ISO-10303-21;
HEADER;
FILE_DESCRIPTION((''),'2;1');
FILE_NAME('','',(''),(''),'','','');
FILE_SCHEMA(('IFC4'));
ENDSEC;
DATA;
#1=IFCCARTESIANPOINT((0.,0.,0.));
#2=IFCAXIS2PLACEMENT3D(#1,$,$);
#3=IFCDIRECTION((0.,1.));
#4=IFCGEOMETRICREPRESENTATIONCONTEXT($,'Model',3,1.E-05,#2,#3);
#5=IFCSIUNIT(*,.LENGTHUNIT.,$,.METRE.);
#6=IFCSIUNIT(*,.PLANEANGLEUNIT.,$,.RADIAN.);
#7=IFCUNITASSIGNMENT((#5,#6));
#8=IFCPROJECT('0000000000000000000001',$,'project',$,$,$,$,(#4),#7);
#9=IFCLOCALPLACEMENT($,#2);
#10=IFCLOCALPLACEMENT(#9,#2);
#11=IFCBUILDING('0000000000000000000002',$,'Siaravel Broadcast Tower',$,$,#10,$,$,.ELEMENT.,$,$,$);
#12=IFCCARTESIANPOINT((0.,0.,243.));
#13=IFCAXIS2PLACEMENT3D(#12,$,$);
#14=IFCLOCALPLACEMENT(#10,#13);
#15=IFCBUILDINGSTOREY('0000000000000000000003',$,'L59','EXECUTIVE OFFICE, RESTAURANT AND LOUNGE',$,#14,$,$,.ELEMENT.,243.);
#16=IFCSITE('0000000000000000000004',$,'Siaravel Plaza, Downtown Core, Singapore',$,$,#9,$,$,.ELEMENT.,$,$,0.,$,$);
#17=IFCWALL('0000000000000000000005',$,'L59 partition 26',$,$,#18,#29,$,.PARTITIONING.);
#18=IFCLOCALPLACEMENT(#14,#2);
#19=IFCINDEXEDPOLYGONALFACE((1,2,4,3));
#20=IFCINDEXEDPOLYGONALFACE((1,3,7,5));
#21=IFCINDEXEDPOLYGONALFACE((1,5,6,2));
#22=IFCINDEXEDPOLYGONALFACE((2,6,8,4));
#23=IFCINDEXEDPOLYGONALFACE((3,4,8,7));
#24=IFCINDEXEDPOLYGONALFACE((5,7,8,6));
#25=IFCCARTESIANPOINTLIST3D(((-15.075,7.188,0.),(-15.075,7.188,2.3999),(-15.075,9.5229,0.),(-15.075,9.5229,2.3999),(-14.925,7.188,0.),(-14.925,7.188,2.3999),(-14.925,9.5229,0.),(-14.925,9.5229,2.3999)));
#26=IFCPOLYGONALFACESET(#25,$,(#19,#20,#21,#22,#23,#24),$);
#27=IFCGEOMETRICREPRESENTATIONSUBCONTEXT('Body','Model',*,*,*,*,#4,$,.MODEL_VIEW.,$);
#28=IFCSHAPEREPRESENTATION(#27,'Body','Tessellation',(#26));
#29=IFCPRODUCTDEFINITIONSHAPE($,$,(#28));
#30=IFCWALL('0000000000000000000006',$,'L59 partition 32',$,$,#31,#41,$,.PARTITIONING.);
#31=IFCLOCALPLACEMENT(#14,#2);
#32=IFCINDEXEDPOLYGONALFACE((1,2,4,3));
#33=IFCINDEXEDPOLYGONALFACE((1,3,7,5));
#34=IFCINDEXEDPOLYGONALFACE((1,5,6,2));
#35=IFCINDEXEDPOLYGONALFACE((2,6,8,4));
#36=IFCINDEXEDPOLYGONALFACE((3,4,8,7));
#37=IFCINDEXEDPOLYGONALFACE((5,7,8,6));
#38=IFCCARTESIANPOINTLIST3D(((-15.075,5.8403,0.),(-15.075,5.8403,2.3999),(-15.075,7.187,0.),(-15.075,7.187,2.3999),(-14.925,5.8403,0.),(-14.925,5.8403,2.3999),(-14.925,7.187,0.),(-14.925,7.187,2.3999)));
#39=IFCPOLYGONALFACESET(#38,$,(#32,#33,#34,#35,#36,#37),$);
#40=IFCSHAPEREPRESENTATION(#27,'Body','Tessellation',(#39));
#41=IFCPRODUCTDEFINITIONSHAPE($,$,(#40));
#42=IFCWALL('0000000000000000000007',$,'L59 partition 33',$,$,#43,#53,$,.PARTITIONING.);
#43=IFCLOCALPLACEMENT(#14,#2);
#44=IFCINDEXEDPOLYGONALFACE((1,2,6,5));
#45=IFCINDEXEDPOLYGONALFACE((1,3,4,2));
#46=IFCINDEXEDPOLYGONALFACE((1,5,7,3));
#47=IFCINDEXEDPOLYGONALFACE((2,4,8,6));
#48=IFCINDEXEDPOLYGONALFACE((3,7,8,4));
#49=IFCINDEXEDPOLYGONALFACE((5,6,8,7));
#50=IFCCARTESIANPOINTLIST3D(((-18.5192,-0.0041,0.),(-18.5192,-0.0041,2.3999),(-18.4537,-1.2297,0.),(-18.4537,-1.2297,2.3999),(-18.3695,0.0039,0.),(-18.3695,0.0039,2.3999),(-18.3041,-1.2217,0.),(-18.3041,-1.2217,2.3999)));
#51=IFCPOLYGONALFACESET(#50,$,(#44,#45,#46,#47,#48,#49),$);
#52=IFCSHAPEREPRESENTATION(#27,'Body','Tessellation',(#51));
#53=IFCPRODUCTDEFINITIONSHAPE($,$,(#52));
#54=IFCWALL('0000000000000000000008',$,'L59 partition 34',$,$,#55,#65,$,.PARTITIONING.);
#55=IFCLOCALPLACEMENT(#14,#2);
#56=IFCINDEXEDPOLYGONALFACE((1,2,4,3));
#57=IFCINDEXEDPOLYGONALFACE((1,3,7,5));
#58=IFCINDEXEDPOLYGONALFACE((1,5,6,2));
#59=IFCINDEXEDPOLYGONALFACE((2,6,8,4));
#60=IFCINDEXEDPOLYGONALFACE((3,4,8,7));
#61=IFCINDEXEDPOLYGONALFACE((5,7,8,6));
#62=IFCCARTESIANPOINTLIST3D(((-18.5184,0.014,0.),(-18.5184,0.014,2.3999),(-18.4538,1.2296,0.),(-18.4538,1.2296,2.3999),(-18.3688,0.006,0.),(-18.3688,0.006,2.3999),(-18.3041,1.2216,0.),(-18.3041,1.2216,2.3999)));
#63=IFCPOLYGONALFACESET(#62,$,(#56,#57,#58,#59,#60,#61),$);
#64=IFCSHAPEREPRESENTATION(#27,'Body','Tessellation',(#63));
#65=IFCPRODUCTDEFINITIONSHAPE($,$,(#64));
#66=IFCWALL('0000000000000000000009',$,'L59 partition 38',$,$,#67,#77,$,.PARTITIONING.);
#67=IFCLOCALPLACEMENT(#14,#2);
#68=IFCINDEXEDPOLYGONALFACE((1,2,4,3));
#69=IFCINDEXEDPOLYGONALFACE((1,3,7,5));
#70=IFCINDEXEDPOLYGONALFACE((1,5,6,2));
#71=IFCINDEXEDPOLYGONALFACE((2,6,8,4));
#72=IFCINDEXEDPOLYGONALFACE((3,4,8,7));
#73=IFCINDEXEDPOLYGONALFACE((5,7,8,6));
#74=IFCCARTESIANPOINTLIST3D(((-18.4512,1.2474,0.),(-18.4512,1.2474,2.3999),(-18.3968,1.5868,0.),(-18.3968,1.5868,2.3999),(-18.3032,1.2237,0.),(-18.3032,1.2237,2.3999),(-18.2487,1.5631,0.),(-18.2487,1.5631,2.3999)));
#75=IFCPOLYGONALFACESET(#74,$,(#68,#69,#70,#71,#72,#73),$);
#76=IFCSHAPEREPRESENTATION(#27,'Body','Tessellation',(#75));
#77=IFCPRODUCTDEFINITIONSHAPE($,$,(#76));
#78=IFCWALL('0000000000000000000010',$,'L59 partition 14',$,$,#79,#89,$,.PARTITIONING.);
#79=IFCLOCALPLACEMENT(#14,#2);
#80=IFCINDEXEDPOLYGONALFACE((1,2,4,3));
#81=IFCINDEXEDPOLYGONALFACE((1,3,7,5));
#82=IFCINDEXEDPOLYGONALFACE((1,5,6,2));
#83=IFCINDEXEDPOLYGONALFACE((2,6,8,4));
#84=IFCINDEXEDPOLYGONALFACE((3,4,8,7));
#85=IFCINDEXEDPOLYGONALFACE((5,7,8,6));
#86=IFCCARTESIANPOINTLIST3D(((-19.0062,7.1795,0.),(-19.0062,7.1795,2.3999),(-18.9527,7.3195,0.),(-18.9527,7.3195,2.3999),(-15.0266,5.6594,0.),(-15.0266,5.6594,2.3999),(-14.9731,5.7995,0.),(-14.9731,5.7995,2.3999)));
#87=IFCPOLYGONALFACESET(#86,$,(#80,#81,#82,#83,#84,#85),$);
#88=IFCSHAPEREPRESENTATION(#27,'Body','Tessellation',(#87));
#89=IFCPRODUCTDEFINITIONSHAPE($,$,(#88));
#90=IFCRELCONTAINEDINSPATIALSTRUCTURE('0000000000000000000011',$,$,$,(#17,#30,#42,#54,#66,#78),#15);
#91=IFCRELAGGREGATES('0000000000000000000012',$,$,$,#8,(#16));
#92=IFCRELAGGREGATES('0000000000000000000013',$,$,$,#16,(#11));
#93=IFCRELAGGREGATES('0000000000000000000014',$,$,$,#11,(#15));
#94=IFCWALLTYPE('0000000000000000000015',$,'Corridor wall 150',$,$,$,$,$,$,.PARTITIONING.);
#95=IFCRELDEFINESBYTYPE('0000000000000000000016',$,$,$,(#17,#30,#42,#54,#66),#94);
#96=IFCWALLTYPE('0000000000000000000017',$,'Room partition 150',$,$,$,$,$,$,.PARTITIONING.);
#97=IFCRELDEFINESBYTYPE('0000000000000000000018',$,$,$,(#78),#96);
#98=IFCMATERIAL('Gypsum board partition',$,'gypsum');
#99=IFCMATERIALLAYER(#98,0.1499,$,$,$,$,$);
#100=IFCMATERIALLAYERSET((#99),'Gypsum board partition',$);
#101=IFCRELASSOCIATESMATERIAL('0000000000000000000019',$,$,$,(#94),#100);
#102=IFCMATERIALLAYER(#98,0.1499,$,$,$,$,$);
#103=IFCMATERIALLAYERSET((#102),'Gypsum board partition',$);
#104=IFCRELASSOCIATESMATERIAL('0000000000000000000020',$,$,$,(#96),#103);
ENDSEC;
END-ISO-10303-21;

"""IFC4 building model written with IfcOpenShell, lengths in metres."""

from ifc_helpers import new_model, si_unit, direction, frame, frame_2d, origin, place, context, subcontext, project, spatial, rectangle, extrude, material, layer, layer_set, type_object, element, save


model = new_model("IFC4")

# Units and contexts
model_context = context("Model", 3, precision=1e-05, world=origin(), true_north=direction((0.0, 1.0)))
body_context = subcontext(model_context, "Body", "Model", "MODEL_VIEW")
ifc_project = project(units=[si_unit("LENGTHUNIT", "METRE"), si_unit("PLANEANGLEUNIT", "RADIAN")], contexts=[model_context])

# Site, building, storey
site_placement = place(None, origin())
site = spatial("IfcSite", under=ifc_project, at=site_placement, Name="Siaravel Plaza, Downtown Core, Singapore", CompositionType="ELEMENT", RefElevation=0.0)
building_placement = place(site_placement, origin())
building = spatial("IfcBuilding", under=site, at=building_placement, Name="Siaravel Broadcast Tower", CompositionType="ELEMENT")
storey_placement = place(building_placement, frame((0.0, 0.0, 243.0)))
storey = spatial("IfcBuildingStorey", under=building, at=storey_placement, Name="L59", Description="EXECUTIVE OFFICE, RESTAURANT AND LOUNGE", CompositionType="ELEMENT", Elevation=243.0)

# Shared definitions
ifc_material_1 = material(Name="Gypsum board partition", Category="gypsum")
ifc_layer_1 = layer(ifc_material_1, 0.1499)
ifc_layer_set_1 = layer_set([ifc_layer_1], Name="Gypsum board partition")
wall_type_1 = type_object("IfcWallType", Name="Corridor wall 150", PredefinedType="PARTITIONING", material=ifc_layer_set_1)

# Walls
wall_1_placement = place(storey_placement, frame((-15.0, 9.5229, 0.0), z_axis=(0.0, 0.0, 1.0), x_axis=(0.0, -1.0, 0.0)))
element("IfcWall", 1, at=wall_1_placement, inside=storey, type_object=wall_type_1, Name="L59 partition 26", PredefinedType="PARTITIONING", context=body_context, shape_type="SweptSolid", body=[
    extrude(rectangle(XDim=2.335, YDim=0.1499, at=frame_2d((1.1675, 0.0))), origin(), (0.0, 0.0, 1.0), 2.3999),
])
wall_2_placement = place(storey_placement, frame((-15.0, 7.187, 0.0), z_axis=(0.0, 0.0, 1.0), x_axis=(0.0, -1.0, 0.0)))
element("IfcWall", 2, at=wall_2_placement, inside=storey, type_object=wall_type_1, Name="L59 partition 32", PredefinedType="PARTITIONING", context=body_context, shape_type="SweptSolid", body=[
    extrude(rectangle(XDim=1.3467, YDim=0.1499, at=frame_2d((0.6733, 0.0))), origin(), (0.0, 0.0, 1.0), 2.3999),
])
wall_3_placement = place(storey_placement, frame((-18.4443, 0.0, 0.0), z_axis=(0.0, 0.0, 1.0), x_axis=(0.053311, -0.998578, 0.0)))
element("IfcWall", 3, at=wall_3_placement, inside=storey, type_object=wall_type_1, Name="L59 partition 33", PredefinedType="PARTITIONING", context=body_context, shape_type="SweptSolid", body=[
    extrude(rectangle(XDim=1.2273, YDim=0.1499, at=frame_2d((0.6138, 0.0))), origin(), (0.0, 0.0, 1.0), 2.3999),
])
wall_4_placement = place(storey_placement, frame((-18.3789, 1.2256, 0.0), z_axis=(0.0, 0.0, 1.0), x_axis=(-0.053148, -0.998587, 0.0)))
element("IfcWall", 4, at=wall_4_placement, inside=storey, type_object=wall_type_1, Name="L59 partition 34", PredefinedType="PARTITIONING", context=body_context, shape_type="SweptSolid", body=[
    extrude(rectangle(XDim=1.2173, YDim=0.1499, at=frame_2d((0.6086, 0.0))), origin(), (0.0, 0.0, 1.0), 2.3999),
])
wall_5_placement = place(storey_placement, frame((-18.3228, 1.575, 0.0), z_axis=(0.0, 0.0, 1.0), x_axis=(-0.158406, -0.987374, 0.0)))
element("IfcWall", 5, at=wall_5_placement, inside=storey, type_object=wall_type_1, Name="L59 partition 38", PredefinedType="PARTITIONING", context=body_context, shape_type="SweptSolid", body=[
    extrude(rectangle(XDim=0.3438, YDim=0.1499, at=frame_2d((0.1719, 0.0))), origin(), (0.0, 0.0, 1.0), 2.3999),
])
ifc_layer_2 = layer(ifc_material_1, 0.1499)
ifc_layer_set_2 = layer_set([ifc_layer_2], Name="Gypsum board partition")
wall_type_2 = type_object("IfcWallType", Name="Room partition 150", PredefinedType="PARTITIONING", material=ifc_layer_set_2)
wall_6_placement = place(storey_placement, frame((-15.0, 5.7295, 0.0), z_axis=(0.0, 0.0, 1.0), x_axis=(-0.934173, 0.35682, 0.0)))
element("IfcWall", 6, at=wall_6_placement, inside=storey, type_object=wall_type_2, Name="L59 partition 14", PredefinedType="PARTITIONING", context=body_context, shape_type="SweptSolid", body=[
    extrude(rectangle(XDim=4.26, YDim=0.1499, at=frame_2d((2.1299, 0.0))), origin(), (0.0, 0.0, 1.0), 2.3999),
])

save(model, "model.ifc")
